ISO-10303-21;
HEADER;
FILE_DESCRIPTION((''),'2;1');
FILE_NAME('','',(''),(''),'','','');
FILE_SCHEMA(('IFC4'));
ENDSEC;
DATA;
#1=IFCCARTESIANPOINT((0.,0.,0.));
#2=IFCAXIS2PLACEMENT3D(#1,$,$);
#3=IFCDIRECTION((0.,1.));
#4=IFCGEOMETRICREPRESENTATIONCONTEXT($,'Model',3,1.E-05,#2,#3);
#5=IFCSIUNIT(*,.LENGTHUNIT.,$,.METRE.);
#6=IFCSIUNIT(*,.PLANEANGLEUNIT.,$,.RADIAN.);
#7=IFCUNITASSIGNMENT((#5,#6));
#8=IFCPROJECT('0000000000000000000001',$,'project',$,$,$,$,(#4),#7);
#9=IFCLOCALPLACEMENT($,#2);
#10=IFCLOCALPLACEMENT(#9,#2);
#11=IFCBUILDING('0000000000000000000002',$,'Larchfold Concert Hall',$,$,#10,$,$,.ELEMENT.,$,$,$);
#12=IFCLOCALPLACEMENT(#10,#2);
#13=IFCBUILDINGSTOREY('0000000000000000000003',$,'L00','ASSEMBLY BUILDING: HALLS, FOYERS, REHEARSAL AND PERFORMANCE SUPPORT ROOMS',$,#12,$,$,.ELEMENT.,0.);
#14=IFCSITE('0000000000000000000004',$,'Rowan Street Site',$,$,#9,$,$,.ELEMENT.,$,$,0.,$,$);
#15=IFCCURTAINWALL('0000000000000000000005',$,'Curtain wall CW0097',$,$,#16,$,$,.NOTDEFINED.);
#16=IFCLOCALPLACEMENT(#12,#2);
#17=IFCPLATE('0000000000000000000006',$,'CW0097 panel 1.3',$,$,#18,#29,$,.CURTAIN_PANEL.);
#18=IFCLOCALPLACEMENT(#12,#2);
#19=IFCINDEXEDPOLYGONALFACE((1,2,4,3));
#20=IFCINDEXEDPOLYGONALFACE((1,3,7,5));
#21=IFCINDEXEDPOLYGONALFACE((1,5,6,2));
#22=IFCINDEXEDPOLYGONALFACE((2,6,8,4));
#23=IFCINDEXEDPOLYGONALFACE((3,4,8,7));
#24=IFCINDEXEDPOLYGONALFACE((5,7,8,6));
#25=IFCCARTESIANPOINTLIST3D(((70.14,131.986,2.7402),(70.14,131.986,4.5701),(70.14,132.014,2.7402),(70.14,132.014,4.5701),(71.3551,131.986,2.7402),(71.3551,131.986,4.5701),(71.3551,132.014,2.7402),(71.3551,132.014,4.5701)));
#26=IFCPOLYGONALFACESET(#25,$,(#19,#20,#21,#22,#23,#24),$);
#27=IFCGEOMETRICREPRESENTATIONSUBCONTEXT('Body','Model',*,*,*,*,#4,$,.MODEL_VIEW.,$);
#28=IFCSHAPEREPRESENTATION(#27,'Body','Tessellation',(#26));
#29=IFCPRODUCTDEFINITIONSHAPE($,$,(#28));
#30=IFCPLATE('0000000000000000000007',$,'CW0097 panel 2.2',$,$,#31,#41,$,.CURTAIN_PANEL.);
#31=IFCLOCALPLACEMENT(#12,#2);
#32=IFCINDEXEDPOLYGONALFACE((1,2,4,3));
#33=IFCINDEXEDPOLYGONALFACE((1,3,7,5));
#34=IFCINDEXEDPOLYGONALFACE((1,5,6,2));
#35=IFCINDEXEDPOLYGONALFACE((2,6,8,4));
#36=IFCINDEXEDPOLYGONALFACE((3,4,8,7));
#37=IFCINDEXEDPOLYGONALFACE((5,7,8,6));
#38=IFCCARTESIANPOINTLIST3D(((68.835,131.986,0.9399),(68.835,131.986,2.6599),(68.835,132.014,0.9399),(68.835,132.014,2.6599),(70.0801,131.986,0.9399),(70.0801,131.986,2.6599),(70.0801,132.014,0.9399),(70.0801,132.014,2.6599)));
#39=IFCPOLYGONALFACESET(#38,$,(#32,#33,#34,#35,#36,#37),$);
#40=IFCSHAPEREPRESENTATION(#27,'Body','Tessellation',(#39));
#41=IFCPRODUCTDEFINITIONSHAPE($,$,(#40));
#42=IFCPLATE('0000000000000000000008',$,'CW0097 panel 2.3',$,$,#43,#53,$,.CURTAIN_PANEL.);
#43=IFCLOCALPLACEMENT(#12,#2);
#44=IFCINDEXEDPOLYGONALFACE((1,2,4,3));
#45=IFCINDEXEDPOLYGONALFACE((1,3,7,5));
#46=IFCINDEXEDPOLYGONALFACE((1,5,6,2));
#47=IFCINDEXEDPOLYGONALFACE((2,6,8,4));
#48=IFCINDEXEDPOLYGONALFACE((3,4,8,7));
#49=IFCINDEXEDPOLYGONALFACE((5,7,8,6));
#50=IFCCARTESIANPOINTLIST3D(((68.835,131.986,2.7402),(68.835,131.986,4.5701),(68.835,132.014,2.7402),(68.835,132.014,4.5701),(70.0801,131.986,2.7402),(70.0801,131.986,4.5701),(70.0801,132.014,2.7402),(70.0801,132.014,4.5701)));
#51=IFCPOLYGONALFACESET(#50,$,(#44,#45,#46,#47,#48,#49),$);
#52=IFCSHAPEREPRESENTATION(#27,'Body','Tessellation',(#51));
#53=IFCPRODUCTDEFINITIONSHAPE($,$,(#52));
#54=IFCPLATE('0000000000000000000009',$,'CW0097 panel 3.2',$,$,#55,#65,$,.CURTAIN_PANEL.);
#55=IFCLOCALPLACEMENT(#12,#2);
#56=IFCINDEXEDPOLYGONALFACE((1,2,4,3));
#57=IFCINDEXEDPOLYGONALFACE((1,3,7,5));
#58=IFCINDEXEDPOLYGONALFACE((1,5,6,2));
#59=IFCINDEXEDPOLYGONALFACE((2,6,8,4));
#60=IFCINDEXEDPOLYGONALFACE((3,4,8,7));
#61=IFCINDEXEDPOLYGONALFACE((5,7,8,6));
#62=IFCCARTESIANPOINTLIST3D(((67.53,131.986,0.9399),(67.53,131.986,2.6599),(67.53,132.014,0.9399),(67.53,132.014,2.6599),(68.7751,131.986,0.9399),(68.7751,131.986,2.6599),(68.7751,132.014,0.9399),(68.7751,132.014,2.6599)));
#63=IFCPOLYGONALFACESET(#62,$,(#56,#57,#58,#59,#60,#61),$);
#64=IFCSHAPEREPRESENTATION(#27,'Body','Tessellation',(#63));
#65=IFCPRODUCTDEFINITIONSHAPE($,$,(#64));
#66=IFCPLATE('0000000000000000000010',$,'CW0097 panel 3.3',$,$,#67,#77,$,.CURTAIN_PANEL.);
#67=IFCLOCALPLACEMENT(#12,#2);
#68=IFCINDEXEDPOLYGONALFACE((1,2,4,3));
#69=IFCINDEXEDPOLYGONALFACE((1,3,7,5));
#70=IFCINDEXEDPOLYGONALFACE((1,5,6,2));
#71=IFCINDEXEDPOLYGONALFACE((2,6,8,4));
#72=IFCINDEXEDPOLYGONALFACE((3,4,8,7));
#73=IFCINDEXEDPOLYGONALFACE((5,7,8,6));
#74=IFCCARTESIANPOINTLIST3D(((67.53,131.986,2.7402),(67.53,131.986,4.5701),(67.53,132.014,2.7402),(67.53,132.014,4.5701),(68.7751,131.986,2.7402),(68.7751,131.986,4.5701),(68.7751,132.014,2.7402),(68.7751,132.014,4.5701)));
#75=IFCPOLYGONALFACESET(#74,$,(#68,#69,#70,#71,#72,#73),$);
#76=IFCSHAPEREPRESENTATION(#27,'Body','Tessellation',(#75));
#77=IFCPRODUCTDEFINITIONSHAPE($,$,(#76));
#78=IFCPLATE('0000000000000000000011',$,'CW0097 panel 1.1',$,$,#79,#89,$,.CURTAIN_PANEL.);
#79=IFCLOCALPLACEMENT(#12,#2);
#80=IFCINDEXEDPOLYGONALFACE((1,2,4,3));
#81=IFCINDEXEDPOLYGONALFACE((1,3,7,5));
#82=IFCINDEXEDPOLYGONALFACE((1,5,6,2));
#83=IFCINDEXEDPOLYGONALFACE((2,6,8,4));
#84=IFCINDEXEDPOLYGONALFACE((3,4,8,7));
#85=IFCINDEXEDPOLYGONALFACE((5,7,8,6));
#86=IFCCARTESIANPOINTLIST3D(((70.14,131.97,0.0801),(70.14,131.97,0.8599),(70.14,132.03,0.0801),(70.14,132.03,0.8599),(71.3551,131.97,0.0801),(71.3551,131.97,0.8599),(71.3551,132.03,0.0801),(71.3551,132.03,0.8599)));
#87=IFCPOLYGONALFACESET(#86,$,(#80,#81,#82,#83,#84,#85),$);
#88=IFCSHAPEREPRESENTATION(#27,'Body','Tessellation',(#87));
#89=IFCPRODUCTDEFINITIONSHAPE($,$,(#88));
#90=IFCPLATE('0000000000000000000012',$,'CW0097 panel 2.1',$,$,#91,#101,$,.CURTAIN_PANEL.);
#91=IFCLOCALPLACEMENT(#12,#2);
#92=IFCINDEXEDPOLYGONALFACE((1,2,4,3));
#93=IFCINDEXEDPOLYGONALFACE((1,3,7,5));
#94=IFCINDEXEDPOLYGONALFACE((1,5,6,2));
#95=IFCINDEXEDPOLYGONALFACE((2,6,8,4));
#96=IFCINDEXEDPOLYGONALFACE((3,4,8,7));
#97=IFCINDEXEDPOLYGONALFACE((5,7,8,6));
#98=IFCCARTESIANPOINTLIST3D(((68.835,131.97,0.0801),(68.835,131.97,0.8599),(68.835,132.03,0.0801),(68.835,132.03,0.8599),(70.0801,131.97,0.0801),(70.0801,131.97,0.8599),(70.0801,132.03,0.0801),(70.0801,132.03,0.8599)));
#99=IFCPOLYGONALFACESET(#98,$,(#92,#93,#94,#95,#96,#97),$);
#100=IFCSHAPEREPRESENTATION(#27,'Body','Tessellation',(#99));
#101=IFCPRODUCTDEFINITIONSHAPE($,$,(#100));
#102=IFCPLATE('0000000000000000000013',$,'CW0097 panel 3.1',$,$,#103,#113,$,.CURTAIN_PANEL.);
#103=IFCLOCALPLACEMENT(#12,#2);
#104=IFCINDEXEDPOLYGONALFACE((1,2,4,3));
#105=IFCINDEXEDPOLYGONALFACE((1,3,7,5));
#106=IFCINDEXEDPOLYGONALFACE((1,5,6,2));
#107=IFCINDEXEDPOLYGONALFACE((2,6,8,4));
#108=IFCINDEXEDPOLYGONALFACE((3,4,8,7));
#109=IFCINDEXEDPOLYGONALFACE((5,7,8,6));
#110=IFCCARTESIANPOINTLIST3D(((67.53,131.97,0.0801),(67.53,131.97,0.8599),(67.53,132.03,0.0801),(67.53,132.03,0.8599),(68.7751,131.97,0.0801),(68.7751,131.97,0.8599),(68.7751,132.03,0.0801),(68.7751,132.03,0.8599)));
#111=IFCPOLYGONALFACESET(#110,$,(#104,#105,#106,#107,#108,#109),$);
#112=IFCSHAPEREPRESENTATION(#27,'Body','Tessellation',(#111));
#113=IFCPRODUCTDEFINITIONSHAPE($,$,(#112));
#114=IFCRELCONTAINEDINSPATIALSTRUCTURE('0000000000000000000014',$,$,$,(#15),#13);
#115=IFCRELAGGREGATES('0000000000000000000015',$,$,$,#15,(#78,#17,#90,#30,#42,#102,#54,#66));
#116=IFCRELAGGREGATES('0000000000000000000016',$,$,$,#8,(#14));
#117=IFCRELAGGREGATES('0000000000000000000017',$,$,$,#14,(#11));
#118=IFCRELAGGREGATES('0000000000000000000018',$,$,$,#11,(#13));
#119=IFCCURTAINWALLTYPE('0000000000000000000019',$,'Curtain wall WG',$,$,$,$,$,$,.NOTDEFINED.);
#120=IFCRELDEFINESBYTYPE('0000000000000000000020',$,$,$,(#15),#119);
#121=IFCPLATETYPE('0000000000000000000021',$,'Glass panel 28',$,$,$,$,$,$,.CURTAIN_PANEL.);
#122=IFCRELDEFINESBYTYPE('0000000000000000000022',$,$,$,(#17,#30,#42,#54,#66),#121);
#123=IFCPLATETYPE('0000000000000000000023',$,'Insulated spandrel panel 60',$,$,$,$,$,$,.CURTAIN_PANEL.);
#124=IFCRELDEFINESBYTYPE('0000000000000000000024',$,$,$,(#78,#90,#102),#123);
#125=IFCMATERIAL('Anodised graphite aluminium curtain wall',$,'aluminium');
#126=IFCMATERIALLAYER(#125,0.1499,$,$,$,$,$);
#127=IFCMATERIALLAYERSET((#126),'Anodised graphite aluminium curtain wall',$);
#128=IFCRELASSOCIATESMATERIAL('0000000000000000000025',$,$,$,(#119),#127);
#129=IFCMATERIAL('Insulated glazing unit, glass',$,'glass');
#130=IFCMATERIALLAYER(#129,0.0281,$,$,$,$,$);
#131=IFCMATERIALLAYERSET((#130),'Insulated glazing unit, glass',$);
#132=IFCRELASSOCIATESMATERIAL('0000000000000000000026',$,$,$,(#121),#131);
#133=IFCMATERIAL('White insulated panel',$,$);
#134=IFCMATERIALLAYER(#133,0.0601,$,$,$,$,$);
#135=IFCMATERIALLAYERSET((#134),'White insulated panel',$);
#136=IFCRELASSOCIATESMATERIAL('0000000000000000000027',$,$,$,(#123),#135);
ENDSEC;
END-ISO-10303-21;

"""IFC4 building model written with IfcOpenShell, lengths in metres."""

from ifc_helpers import new_model, si_unit, direction, frame, origin, origin_2d, place, context, subcontext, project, spatial, rectangle, extrude, material, layer, layer_set, type_object, element, aggregate, save


model = new_model("IFC4")

# Units and contexts
model_context = context("Model", 3, precision=1e-05, world=origin(), true_north=direction((0.0, 1.0)))
body_context = subcontext(model_context, "Body", "Model", "MODEL_VIEW")
ifc_project = project(units=[si_unit("LENGTHUNIT", "METRE"), si_unit("PLANEANGLEUNIT", "RADIAN")], contexts=[model_context])

# Site, building, storey
site_placement = place(None, origin())
site = spatial("IfcSite", under=ifc_project, at=site_placement, Name="Rowan Street Site", CompositionType="ELEMENT", RefElevation=0.0)
building_placement = place(site_placement, origin())
building = spatial("IfcBuilding", under=site, at=building_placement, Name="Larchfold Concert Hall", CompositionType="ELEMENT")
storey_placement = place(building_placement, origin())
storey = spatial("IfcBuildingStorey", under=building, at=storey_placement, Name="L00", Description="ASSEMBLY BUILDING: HALLS, FOYERS, REHEARSAL AND PERFORMANCE SUPPORT ROOMS", CompositionType="ELEMENT", Elevation=0.0)

# Curtain wall
ifc_material_1 = material(Name="Anodised graphite aluminium curtain wall", Category="aluminium")
ifc_layer_1 = layer(ifc_material_1, 0.1499)
ifc_layer_set_1 = layer_set([ifc_layer_1], Name="Anodised graphite aluminium curtain wall")
curtain_wall_type = type_object("IfcCurtainWallType", Name="Curtain wall WG", PredefinedType="NOTDEFINED", material=ifc_layer_set_1)
curtain_wall_1_placement = place(storey_placement, origin())
curtain_wall_1 = element("IfcCurtainWall", 1, at=curtain_wall_1_placement, inside=storey, type_object=curtain_wall_type, Name="Curtain wall CW0097", PredefinedType="NOTDEFINED")

# Shared definitions
ifc_material_2 = material(Name="Insulated glazing unit, glass", Category="glass")
ifc_layer_2 = layer(ifc_material_2, 0.0281)
ifc_layer_set_2 = layer_set([ifc_layer_2], Name="Insulated glazing unit, glass")
plate_type_1 = type_object("IfcPlateType", Name="Glass panel 28", PredefinedType="CURTAIN_PANEL", material=ifc_layer_set_2)

# Plates
plate_1_placement = place(storey_placement, frame((70.7476, 132.0, 2.7402), z_axis=(0.0, 0.0, 1.0), x_axis=(-1.0, 0.0, 0.0)))
plate_1 = element("IfcPlate", 2, at=plate_1_placement, type_object=plate_type_1, Name="CW0097 panel 1.3", PredefinedType="CURTAIN_PANEL", context=body_context, shape_type="SweptSolid", body=[
    extrude(rectangle(XDim=1.2151, YDim=0.0281, at=origin_2d()), origin(), (0.0, 0.0, 1.0), 1.8298),
])
plate_2_placement = place(storey_placement, frame((69.4575, 132.0, 0.9399), z_axis=(0.0, 0.0, 1.0), x_axis=(-1.0, 0.0, 0.0)))
plate_2 = element("IfcPlate", 3, at=plate_2_placement, type_object=plate_type_1, Name="CW0097 panel 2.2", PredefinedType="CURTAIN_PANEL", context=body_context, shape_type="SweptSolid", body=[
    extrude(rectangle(XDim=1.2451, YDim=0.0281, at=origin_2d()), origin(), (0.0, 0.0, 1.0), 1.72),
])
plate_3_placement = place(storey_placement, frame((69.4575, 132.0, 2.7402), z_axis=(0.0, 0.0, 1.0), x_axis=(-1.0, 0.0, 0.0)))
plate_3 = element("IfcPlate", 4, at=plate_3_placement, type_object=plate_type_1, Name="CW0097 panel 2.3", PredefinedType="CURTAIN_PANEL", context=body_context, shape_type="SweptSolid", body=[
    extrude(rectangle(XDim=1.2451, YDim=0.0281, at=origin_2d()), origin(), (0.0, 0.0, 1.0), 1.8298),
])
plate_4_placement = place(storey_placement, frame((68.1526, 132.0, 0.9399), z_axis=(0.0, 0.0, 1.0), x_axis=(-1.0, 0.0, 0.0)))
plate_4 = element("IfcPlate", 5, at=plate_4_placement, type_object=plate_type_1, Name="CW0097 panel 3.2", PredefinedType="CURTAIN_PANEL", context=body_context, shape_type="SweptSolid", body=[
    extrude(rectangle(XDim=1.2451, YDim=0.0281, at=origin_2d()), origin(), (0.0, 0.0, 1.0), 1.72),
])
plate_5_placement = place(storey_placement, frame((68.1526, 132.0, 2.7402), z_axis=(0.0, 0.0, 1.0), x_axis=(-1.0, 0.0, 0.0)))
plate_5 = element("IfcPlate", 6, at=plate_5_placement, type_object=plate_type_1, Name="CW0097 panel 3.3", PredefinedType="CURTAIN_PANEL", context=body_context, shape_type="SweptSolid", body=[
    extrude(rectangle(XDim=1.2451, YDim=0.0281, at=origin_2d()), origin(), (0.0, 0.0, 1.0), 1.8298),
])
ifc_material_3 = material(Name="White insulated panel")
ifc_layer_3 = layer(ifc_material_3, 0.0601)
ifc_layer_set_3 = layer_set([ifc_layer_3], Name="White insulated panel")
plate_type_2 = type_object("IfcPlateType", Name="Insulated spandrel panel 60", PredefinedType="CURTAIN_PANEL", material=ifc_layer_set_3)
plate_6_placement = place(storey_placement, frame((70.7476, 132.0, 0.0801), z_axis=(0.0, 0.0, 1.0), x_axis=(-1.0, 0.0, 0.0)))
plate_6 = element("IfcPlate", 7, at=plate_6_placement, type_object=plate_type_2, Name="CW0097 panel 1.1", PredefinedType="CURTAIN_PANEL", context=body_context, shape_type="SweptSolid", body=[
    extrude(rectangle(XDim=1.2151, YDim=0.0601, at=origin_2d()), origin(), (0.0, 0.0, 1.0), 0.7798),
])
plate_7_placement = place(storey_placement, frame((69.4575, 132.0, 0.0801), z_axis=(0.0, 0.0, 1.0), x_axis=(-1.0, 0.0, 0.0)))
plate_7 = element("IfcPlate", 8, at=plate_7_placement, type_object=plate_type_2, Name="CW0097 panel 2.1", PredefinedType="CURTAIN_PANEL", context=body_context, shape_type="SweptSolid", body=[
    extrude(rectangle(XDim=1.2451, YDim=0.0601, at=origin_2d()), origin(), (0.0, 0.0, 1.0), 0.7798),
])
plate_8_placement = place(storey_placement, frame((68.1526, 132.0, 0.0801), z_axis=(0.0, 0.0, 1.0), x_axis=(-1.0, 0.0, 0.0)))
plate_8 = element("IfcPlate", 9, at=plate_8_placement, type_object=plate_type_2, Name="CW0097 panel 3.1", PredefinedType="CURTAIN_PANEL", context=body_context, shape_type="SweptSolid", body=[
    extrude(rectangle(XDim=1.2451, YDim=0.0601, at=origin_2d()), origin(), (0.0, 0.0, 1.0), 0.7798),
])
aggregate(curtain_wall_1, [plate_6, plate_1, plate_7, plate_2, plate_3, plate_8, plate_4, plate_5])

save(model, "model.ifc")
